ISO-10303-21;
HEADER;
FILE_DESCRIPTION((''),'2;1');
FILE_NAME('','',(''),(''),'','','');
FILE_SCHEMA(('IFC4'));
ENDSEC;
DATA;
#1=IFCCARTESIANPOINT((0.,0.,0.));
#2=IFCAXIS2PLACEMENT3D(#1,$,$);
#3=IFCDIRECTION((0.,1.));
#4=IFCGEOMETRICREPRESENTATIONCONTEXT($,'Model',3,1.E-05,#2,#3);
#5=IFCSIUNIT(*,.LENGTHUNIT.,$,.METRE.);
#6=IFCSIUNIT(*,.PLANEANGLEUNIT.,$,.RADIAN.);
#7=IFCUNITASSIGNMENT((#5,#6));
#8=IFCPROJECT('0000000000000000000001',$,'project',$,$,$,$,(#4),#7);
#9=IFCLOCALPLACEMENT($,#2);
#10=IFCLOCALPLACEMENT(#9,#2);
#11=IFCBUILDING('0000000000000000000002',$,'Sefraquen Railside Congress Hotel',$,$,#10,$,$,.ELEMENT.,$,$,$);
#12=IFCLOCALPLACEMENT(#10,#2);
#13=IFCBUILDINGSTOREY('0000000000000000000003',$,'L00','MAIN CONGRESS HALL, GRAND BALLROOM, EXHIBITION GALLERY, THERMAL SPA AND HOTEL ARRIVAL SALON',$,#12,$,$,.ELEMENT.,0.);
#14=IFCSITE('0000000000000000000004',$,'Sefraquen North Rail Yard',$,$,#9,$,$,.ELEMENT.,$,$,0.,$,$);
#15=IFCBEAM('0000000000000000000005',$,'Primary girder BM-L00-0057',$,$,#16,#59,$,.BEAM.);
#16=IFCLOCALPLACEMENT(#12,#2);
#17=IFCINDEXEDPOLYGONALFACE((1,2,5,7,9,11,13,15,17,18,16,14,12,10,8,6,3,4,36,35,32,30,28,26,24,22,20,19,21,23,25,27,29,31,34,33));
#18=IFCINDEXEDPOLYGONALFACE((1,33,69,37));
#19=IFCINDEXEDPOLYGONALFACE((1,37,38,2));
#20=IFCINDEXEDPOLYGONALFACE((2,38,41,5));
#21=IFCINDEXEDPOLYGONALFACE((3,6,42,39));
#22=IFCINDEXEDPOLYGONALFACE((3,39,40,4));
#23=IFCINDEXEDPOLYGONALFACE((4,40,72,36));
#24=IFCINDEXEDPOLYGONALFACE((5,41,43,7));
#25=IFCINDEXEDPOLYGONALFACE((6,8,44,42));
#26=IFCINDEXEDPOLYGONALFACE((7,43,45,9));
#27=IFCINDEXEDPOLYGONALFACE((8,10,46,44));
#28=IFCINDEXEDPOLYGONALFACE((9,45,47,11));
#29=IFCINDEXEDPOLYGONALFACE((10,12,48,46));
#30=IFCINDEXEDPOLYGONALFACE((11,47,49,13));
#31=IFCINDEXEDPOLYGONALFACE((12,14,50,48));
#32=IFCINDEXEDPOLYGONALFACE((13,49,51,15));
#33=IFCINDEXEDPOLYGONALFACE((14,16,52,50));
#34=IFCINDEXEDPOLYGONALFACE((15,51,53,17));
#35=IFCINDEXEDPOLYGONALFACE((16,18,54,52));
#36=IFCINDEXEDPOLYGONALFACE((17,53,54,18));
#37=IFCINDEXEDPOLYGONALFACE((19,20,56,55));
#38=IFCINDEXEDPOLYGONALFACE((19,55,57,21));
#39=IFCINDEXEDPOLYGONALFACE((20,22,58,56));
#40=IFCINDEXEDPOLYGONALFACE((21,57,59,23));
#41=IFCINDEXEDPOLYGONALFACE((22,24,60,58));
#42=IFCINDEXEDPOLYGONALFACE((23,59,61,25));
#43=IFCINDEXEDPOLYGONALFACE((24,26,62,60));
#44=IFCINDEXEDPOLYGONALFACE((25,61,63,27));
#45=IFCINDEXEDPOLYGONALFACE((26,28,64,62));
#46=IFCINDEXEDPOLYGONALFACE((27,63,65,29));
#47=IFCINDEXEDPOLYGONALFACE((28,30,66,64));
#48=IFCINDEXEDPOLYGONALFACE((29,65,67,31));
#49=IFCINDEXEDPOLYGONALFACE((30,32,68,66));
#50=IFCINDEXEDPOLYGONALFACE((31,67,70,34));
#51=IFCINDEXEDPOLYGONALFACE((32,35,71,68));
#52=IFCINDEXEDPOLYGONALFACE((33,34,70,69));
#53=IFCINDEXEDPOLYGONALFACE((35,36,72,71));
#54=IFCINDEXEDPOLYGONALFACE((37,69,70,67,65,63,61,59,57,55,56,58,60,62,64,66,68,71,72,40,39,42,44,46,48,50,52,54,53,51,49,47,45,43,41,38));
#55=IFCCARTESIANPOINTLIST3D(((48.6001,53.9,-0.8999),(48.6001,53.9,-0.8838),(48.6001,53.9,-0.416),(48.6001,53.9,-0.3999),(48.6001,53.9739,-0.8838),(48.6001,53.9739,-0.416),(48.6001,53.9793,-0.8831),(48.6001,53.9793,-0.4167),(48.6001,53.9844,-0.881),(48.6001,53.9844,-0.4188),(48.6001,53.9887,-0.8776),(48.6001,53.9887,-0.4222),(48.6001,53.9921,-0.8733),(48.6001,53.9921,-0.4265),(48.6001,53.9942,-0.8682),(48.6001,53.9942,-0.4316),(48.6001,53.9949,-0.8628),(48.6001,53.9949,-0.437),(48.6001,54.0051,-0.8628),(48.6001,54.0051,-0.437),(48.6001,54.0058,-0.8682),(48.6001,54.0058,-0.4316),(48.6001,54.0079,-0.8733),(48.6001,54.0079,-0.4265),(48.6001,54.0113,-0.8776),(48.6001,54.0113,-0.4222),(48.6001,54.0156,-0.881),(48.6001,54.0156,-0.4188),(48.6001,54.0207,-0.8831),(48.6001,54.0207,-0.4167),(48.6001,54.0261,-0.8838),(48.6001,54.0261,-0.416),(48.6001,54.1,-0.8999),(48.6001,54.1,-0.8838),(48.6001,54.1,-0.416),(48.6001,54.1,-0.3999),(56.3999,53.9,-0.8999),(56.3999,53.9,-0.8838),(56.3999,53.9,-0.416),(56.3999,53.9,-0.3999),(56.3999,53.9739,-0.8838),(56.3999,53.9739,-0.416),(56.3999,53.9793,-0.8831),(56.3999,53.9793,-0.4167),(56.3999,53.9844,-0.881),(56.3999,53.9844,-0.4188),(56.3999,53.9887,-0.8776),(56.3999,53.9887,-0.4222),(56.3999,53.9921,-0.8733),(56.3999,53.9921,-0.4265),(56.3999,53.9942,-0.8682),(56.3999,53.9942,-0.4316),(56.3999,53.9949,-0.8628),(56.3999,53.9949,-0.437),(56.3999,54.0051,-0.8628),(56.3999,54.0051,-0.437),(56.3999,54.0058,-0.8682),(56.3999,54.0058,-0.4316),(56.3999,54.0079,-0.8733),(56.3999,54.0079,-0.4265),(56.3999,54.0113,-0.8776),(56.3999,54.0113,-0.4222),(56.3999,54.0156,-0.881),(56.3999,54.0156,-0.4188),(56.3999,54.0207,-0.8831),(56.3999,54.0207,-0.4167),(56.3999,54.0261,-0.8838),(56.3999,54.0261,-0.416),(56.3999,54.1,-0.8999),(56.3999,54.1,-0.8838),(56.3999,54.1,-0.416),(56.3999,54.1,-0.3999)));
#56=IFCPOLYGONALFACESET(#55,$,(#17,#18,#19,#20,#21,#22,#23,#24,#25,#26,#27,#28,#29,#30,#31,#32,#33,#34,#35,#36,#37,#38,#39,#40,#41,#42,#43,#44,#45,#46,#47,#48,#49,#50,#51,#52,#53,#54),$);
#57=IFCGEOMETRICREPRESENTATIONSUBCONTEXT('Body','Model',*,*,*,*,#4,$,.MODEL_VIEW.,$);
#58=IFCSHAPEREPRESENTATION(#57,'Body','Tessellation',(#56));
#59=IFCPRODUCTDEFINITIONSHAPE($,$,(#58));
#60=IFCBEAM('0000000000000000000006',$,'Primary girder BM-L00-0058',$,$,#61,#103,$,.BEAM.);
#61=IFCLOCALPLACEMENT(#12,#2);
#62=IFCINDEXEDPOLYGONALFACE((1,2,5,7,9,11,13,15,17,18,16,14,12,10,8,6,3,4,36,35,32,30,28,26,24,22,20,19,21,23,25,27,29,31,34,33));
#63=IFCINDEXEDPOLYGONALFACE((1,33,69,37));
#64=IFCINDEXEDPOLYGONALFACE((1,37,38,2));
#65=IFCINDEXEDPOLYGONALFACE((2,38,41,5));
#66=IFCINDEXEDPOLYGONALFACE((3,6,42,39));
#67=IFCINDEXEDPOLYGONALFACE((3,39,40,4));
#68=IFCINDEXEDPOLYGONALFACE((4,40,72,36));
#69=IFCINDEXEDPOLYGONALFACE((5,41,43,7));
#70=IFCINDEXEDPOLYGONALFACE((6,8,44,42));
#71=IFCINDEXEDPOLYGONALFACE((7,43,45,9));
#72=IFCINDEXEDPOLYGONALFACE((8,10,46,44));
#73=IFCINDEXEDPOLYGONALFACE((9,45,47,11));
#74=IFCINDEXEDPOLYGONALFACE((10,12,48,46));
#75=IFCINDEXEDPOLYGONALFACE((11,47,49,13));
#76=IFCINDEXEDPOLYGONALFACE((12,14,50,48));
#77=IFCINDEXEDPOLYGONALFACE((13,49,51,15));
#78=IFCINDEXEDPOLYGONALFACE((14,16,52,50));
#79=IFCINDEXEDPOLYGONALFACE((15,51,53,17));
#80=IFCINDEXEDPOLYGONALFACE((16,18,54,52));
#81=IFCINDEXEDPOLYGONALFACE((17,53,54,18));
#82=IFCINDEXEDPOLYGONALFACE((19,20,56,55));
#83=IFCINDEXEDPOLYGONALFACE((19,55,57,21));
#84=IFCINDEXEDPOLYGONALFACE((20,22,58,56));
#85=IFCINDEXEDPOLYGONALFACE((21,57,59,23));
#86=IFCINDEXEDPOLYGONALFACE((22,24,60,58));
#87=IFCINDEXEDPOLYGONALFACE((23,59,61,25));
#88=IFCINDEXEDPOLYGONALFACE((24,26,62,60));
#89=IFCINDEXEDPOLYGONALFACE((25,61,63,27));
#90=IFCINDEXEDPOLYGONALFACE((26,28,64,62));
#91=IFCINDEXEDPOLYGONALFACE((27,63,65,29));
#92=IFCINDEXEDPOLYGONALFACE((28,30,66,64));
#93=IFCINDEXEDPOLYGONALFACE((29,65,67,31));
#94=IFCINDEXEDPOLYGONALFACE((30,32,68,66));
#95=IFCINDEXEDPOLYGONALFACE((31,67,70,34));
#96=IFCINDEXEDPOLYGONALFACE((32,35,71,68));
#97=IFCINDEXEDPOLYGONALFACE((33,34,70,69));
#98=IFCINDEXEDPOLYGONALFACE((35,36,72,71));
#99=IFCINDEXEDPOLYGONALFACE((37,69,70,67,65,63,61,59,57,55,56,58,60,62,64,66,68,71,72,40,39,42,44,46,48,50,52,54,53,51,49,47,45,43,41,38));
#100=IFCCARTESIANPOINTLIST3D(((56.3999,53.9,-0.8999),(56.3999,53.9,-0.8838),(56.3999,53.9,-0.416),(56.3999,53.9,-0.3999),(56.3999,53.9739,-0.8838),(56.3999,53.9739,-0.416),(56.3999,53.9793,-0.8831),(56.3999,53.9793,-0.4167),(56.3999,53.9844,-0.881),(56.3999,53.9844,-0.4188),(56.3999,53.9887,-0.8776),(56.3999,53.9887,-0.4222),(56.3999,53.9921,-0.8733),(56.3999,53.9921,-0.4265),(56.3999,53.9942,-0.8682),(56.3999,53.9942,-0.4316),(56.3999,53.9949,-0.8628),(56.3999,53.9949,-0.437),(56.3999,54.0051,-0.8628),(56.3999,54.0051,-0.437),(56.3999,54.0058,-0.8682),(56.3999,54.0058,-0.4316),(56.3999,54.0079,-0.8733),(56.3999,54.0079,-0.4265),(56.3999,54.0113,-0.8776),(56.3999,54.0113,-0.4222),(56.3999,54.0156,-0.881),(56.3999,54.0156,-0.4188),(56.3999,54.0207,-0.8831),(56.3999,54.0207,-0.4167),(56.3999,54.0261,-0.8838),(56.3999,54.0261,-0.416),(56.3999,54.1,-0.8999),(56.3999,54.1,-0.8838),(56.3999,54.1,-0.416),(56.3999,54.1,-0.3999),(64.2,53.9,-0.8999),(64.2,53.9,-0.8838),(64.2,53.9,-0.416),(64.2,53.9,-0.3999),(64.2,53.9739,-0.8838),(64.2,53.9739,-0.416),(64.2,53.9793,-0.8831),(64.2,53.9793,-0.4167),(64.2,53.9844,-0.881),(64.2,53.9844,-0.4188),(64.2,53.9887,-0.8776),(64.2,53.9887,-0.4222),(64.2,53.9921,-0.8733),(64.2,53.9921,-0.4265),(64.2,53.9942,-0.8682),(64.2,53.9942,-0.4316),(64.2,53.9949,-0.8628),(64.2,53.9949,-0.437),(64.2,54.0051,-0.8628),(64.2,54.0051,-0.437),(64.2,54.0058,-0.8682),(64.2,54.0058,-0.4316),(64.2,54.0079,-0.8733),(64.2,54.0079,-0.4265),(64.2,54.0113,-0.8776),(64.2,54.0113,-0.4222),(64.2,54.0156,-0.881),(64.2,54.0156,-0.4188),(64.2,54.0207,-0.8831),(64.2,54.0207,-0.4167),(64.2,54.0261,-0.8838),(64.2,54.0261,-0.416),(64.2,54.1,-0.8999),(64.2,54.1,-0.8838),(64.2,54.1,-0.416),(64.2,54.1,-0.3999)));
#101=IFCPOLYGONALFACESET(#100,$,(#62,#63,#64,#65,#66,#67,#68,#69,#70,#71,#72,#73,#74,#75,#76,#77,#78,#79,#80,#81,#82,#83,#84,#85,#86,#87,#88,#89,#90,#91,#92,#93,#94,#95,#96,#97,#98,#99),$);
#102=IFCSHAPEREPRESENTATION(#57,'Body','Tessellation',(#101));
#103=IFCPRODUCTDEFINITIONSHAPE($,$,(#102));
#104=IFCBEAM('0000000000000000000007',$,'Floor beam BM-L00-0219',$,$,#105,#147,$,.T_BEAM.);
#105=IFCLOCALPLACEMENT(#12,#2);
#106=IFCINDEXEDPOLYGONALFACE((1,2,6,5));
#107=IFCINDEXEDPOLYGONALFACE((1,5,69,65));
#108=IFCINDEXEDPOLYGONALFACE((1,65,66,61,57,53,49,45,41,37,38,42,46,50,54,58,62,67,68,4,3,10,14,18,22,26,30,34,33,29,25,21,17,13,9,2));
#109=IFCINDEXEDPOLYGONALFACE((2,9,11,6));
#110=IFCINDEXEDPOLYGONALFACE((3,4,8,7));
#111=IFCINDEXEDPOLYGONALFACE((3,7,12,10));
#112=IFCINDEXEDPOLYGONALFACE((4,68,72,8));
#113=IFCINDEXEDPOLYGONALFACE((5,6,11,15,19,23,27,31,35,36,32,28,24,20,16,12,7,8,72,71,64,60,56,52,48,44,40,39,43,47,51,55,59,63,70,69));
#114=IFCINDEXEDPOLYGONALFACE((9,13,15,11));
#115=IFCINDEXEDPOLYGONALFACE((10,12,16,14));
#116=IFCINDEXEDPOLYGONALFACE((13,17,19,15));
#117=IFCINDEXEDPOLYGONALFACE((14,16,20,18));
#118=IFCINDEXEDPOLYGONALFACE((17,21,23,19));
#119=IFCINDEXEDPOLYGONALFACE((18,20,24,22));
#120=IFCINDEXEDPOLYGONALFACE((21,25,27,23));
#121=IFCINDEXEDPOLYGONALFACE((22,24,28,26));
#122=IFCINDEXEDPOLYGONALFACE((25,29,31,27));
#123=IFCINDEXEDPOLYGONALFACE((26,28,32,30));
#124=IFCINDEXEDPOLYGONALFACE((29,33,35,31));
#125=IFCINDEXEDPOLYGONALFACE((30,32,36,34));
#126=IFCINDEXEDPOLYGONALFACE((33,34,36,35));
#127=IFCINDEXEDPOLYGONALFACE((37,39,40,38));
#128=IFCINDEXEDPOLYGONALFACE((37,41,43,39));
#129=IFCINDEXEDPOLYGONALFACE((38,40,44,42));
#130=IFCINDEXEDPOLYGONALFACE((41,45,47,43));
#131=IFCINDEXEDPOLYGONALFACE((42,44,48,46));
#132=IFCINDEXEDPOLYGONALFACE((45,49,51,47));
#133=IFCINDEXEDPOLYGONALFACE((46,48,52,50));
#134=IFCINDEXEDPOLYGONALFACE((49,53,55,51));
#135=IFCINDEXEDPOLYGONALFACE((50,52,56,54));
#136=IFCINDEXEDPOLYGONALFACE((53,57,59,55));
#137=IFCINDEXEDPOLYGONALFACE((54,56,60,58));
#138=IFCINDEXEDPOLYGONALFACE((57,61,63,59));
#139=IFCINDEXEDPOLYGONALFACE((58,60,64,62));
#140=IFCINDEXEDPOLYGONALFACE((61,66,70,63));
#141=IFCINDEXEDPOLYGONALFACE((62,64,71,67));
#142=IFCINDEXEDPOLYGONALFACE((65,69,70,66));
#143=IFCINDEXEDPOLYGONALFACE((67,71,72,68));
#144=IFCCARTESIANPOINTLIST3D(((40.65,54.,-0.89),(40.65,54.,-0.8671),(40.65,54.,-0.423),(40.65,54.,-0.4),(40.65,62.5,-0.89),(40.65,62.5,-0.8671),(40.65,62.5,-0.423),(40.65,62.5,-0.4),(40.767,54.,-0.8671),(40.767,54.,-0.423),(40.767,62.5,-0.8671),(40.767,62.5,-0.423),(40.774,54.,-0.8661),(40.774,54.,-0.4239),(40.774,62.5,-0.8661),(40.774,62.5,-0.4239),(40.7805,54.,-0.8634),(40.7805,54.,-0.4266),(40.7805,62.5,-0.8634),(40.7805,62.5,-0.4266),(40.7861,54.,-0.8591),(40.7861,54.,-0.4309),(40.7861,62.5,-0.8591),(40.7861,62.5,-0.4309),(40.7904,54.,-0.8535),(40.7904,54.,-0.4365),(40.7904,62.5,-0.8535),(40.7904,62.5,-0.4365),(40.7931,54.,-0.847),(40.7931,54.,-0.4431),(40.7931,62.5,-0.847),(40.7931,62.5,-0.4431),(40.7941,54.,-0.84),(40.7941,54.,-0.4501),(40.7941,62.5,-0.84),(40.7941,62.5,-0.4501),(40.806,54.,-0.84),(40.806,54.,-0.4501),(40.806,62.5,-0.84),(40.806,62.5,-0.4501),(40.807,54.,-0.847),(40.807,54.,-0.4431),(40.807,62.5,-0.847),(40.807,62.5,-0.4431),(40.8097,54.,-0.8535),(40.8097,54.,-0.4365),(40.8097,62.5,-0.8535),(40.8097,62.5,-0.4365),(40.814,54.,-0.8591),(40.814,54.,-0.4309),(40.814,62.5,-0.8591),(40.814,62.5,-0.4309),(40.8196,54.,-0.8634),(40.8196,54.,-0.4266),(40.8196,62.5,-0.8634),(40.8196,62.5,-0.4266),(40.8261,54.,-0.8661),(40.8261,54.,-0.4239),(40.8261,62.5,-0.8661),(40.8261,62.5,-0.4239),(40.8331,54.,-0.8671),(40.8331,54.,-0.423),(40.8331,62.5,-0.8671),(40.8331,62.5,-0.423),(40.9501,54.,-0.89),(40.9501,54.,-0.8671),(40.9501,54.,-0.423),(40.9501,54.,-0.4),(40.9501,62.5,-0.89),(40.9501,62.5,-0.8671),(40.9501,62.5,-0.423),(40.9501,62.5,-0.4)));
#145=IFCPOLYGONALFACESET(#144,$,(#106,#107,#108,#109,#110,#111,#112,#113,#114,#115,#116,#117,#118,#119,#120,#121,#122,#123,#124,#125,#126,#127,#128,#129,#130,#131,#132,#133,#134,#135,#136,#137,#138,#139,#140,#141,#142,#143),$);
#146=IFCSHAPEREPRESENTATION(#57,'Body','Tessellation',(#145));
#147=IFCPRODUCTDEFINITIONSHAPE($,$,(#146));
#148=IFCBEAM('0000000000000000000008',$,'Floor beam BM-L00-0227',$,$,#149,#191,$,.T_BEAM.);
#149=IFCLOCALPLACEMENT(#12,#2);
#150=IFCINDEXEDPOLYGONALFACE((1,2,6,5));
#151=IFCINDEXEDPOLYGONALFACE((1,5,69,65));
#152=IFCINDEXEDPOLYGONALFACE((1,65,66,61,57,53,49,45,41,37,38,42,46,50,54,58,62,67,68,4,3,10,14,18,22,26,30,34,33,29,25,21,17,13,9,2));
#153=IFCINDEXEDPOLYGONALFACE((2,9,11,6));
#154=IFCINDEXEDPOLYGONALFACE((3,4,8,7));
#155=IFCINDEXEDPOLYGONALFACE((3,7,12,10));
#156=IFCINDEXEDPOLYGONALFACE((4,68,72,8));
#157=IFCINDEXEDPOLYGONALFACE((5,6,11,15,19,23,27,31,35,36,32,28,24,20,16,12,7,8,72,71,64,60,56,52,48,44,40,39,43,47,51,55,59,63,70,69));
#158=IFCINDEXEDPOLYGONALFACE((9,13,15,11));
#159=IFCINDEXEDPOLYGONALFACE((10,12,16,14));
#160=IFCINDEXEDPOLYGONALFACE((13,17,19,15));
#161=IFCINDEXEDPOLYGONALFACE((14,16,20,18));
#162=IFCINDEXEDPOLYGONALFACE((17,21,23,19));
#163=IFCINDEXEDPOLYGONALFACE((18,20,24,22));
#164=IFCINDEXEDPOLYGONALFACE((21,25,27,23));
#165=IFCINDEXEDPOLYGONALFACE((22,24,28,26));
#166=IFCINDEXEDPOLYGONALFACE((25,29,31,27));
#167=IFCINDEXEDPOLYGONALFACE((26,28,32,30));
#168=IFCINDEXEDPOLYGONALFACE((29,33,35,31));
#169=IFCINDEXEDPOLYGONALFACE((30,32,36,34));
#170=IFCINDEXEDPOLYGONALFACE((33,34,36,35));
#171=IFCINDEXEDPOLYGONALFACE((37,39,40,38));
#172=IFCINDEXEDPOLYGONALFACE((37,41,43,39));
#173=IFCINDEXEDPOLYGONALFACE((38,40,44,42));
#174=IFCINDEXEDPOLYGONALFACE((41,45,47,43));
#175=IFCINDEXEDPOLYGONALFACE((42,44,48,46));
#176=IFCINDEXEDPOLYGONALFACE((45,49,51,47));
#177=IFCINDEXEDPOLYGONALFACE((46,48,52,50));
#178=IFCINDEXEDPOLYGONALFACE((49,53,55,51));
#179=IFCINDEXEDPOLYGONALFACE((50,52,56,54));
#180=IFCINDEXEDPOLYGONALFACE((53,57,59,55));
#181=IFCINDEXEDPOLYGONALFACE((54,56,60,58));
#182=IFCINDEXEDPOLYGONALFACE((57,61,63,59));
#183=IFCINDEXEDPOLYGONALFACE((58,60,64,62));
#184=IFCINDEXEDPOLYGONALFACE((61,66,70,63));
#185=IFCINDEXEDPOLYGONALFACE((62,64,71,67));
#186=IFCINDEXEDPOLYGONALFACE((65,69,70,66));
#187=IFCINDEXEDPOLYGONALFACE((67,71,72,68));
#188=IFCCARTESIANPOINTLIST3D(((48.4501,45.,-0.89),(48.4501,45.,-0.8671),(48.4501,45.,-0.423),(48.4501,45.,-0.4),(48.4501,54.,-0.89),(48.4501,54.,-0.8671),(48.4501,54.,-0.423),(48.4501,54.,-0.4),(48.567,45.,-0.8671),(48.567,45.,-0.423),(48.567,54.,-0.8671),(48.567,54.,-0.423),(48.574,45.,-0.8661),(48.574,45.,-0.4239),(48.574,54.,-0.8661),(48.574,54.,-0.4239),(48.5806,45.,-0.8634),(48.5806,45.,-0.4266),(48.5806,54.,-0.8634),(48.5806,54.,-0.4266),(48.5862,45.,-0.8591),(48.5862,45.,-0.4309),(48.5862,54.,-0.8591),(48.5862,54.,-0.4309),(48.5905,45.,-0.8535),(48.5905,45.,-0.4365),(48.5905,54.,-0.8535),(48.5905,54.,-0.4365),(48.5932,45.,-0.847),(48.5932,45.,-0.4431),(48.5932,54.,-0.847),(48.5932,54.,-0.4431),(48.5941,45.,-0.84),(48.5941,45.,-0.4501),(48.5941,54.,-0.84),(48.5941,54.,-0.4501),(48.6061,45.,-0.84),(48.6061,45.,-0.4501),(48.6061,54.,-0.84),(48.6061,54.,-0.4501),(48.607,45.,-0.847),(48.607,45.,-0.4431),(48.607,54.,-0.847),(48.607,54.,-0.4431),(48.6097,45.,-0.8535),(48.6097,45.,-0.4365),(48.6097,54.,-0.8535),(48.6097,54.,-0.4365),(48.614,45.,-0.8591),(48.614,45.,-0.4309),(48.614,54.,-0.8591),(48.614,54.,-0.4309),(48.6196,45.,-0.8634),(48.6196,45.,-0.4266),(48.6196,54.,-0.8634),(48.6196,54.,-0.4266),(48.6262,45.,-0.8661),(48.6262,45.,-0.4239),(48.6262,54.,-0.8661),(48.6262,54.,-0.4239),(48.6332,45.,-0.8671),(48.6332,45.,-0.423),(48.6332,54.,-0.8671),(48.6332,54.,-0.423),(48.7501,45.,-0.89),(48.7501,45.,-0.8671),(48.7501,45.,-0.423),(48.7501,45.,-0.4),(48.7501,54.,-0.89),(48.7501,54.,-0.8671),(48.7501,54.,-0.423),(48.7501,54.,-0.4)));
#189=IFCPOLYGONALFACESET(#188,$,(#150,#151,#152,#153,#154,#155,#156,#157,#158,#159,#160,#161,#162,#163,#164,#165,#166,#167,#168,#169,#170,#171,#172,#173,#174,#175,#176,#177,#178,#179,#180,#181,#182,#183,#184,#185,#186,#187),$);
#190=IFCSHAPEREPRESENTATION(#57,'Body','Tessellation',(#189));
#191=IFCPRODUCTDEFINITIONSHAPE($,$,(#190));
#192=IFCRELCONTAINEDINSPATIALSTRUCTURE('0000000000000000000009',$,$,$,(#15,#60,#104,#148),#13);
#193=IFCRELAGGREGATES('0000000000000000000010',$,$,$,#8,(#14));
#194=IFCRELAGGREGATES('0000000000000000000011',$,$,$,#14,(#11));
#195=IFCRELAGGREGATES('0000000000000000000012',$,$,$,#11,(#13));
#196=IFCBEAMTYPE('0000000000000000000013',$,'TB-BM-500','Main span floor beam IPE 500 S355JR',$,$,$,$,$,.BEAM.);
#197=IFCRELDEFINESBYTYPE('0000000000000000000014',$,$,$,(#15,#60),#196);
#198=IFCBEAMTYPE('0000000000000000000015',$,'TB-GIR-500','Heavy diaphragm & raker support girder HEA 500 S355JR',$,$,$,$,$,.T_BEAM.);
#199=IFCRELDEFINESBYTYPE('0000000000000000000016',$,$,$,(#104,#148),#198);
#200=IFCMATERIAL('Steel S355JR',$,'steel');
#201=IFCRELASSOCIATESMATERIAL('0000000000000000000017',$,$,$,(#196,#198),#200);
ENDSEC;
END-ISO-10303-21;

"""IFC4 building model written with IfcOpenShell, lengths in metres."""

from ifc_helpers import new_model, si_unit, direction, frame, origin, origin_2d, place, context, subcontext, project, spatial, i_section, extrude, material, material_profile, profile_set, type_object, element, save


model = new_model("IFC4")

# Units and contexts
model_context = context("Model", 3, precision=1e-05, world=origin(), true_north=direction((0.0, 1.0)))
body_context = subcontext(model_context, "Body", "Model", "MODEL_VIEW")
ifc_project = project(units=[si_unit("LENGTHUNIT", "METRE"), si_unit("PLANEANGLEUNIT", "RADIAN")], contexts=[model_context])

# Site, building, storey
site_placement = place(None, origin())
site = spatial("IfcSite", under=ifc_project, at=site_placement, Name="Sefraquen North Rail Yard", CompositionType="ELEMENT", RefElevation=0.0)
building_placement = place(site_placement, origin())
building = spatial("IfcBuilding", under=site, at=building_placement, Name="Sefraquen Railside Congress Hotel", CompositionType="ELEMENT")
storey_placement = place(building_placement, origin())
storey = spatial("IfcBuildingStorey", under=building, at=storey_placement, Name="L00", Description="MAIN CONGRESS HALL, GRAND BALLROOM, EXHIBITION GALLERY, THERMAL SPA AND HOTEL ARRIVAL SALON", CompositionType="ELEMENT", Elevation=0.0)

# Shared definitions
ifc_material_1 = material(Name="Steel S355JR", Category="steel")

# Beams
ifc_material_profile_1 = material_profile(ifc_material_1, i_section(OverallWidth=0.2, OverallDepth=0.5, WebThickness=0.0103, FlangeThickness=0.0161, FilletRadius=0.021, at=origin_2d()), Name="IPE 500")
ifc_profile_set_1 = profile_set([ifc_material_profile_1], Name="Steel S355JR")
beam_type_1 = type_object("IfcBeamType", Name="TB-BM-500", Description="Main span floor beam IPE 500 S355JR", PredefinedType="BEAM", material=ifc_profile_set_1)
beam_1_placement = place(storey_placement, frame((48.6001, 54.0, -0.6499), z_axis=(1.0, 0.0, 0.0), x_axis=(0.0, 1.0, 0.0)))
element("IfcBeam", 1, at=beam_1_placement, inside=storey, type_object=beam_type_1, Name="Primary girder BM-L00-0057", PredefinedType="BEAM", context=body_context, shape_type="SweptSolid", body=[
    extrude(i_section(OverallWidth=0.2, OverallDepth=0.5, WebThickness=0.0103, FlangeThickness=0.0161, FilletRadius=0.021, at=origin_2d()), origin(), (0.0, 0.0, 1.0), 7.7998),
])
beam_2_placement = place(storey_placement, frame((56.3999, 54.0, -0.6499), z_axis=(1.0, 0.0, 0.0), x_axis=(0.0, 1.0, 0.0)))
element("IfcBeam", 2, at=beam_2_placement, inside=storey, type_object=beam_type_1, Name="Primary girder BM-L00-0058", PredefinedType="BEAM", context=body_context, shape_type="SweptSolid", body=[
    extrude(i_section(OverallWidth=0.2, OverallDepth=0.5, WebThickness=0.0103, FlangeThickness=0.0161, FilletRadius=0.021, at=origin_2d()), origin(), (0.0, 0.0, 1.0), 7.8),
])
ifc_material_profile_2 = material_profile(ifc_material_1, i_section(OverallWidth=0.3, OverallDepth=0.49, WebThickness=0.012, FlangeThickness=0.0229, FilletRadius=0.0271, at=origin_2d()), Name="HEA 500")
ifc_profile_set_2 = profile_set([ifc_material_profile_2], Name="Steel S355JR")
beam_type_2 = type_object("IfcBeamType", Name="TB-GIR-500", Description="Heavy diaphragm & raker support girder HEA 500 S355JR", PredefinedType="T_BEAM", material=ifc_profile_set_2)
beam_3_placement = place(storey_placement, frame((40.8, 54.0, -0.645), z_axis=(0.0, 1.0, 0.0), x_axis=(-1.0, 0.0, 0.0)))
element("IfcBeam", 3, at=beam_3_placement, inside=storey, type_object=beam_type_2, Name="Floor beam BM-L00-0219", PredefinedType="T_BEAM", context=body_context, shape_type="SweptSolid", body=[
    extrude(i_section(OverallWidth=0.3, OverallDepth=0.49, WebThickness=0.012, FlangeThickness=0.0229, FilletRadius=0.0271, at=origin_2d()), origin(), (0.0, 0.0, 1.0), 8.5),
])
beam_4_placement = place(storey_placement, frame((48.6001, 45.0, -0.645), z_axis=(0.0, 1.0, 0.0), x_axis=(-1.0, 0.0, 0.0)))
element("IfcBeam", 4, at=beam_4_placement, inside=storey, type_object=beam_type_2, Name="Floor beam BM-L00-0227", PredefinedType="T_BEAM", context=body_context, shape_type="SweptSolid", body=[
    extrude(i_section(OverallWidth=0.3, OverallDepth=0.49, WebThickness=0.012, FlangeThickness=0.0229, FilletRadius=0.0271, at=origin_2d()), origin(), (0.0, 0.0, 1.0), 9.0),
])

save(model, "model.ifc")
